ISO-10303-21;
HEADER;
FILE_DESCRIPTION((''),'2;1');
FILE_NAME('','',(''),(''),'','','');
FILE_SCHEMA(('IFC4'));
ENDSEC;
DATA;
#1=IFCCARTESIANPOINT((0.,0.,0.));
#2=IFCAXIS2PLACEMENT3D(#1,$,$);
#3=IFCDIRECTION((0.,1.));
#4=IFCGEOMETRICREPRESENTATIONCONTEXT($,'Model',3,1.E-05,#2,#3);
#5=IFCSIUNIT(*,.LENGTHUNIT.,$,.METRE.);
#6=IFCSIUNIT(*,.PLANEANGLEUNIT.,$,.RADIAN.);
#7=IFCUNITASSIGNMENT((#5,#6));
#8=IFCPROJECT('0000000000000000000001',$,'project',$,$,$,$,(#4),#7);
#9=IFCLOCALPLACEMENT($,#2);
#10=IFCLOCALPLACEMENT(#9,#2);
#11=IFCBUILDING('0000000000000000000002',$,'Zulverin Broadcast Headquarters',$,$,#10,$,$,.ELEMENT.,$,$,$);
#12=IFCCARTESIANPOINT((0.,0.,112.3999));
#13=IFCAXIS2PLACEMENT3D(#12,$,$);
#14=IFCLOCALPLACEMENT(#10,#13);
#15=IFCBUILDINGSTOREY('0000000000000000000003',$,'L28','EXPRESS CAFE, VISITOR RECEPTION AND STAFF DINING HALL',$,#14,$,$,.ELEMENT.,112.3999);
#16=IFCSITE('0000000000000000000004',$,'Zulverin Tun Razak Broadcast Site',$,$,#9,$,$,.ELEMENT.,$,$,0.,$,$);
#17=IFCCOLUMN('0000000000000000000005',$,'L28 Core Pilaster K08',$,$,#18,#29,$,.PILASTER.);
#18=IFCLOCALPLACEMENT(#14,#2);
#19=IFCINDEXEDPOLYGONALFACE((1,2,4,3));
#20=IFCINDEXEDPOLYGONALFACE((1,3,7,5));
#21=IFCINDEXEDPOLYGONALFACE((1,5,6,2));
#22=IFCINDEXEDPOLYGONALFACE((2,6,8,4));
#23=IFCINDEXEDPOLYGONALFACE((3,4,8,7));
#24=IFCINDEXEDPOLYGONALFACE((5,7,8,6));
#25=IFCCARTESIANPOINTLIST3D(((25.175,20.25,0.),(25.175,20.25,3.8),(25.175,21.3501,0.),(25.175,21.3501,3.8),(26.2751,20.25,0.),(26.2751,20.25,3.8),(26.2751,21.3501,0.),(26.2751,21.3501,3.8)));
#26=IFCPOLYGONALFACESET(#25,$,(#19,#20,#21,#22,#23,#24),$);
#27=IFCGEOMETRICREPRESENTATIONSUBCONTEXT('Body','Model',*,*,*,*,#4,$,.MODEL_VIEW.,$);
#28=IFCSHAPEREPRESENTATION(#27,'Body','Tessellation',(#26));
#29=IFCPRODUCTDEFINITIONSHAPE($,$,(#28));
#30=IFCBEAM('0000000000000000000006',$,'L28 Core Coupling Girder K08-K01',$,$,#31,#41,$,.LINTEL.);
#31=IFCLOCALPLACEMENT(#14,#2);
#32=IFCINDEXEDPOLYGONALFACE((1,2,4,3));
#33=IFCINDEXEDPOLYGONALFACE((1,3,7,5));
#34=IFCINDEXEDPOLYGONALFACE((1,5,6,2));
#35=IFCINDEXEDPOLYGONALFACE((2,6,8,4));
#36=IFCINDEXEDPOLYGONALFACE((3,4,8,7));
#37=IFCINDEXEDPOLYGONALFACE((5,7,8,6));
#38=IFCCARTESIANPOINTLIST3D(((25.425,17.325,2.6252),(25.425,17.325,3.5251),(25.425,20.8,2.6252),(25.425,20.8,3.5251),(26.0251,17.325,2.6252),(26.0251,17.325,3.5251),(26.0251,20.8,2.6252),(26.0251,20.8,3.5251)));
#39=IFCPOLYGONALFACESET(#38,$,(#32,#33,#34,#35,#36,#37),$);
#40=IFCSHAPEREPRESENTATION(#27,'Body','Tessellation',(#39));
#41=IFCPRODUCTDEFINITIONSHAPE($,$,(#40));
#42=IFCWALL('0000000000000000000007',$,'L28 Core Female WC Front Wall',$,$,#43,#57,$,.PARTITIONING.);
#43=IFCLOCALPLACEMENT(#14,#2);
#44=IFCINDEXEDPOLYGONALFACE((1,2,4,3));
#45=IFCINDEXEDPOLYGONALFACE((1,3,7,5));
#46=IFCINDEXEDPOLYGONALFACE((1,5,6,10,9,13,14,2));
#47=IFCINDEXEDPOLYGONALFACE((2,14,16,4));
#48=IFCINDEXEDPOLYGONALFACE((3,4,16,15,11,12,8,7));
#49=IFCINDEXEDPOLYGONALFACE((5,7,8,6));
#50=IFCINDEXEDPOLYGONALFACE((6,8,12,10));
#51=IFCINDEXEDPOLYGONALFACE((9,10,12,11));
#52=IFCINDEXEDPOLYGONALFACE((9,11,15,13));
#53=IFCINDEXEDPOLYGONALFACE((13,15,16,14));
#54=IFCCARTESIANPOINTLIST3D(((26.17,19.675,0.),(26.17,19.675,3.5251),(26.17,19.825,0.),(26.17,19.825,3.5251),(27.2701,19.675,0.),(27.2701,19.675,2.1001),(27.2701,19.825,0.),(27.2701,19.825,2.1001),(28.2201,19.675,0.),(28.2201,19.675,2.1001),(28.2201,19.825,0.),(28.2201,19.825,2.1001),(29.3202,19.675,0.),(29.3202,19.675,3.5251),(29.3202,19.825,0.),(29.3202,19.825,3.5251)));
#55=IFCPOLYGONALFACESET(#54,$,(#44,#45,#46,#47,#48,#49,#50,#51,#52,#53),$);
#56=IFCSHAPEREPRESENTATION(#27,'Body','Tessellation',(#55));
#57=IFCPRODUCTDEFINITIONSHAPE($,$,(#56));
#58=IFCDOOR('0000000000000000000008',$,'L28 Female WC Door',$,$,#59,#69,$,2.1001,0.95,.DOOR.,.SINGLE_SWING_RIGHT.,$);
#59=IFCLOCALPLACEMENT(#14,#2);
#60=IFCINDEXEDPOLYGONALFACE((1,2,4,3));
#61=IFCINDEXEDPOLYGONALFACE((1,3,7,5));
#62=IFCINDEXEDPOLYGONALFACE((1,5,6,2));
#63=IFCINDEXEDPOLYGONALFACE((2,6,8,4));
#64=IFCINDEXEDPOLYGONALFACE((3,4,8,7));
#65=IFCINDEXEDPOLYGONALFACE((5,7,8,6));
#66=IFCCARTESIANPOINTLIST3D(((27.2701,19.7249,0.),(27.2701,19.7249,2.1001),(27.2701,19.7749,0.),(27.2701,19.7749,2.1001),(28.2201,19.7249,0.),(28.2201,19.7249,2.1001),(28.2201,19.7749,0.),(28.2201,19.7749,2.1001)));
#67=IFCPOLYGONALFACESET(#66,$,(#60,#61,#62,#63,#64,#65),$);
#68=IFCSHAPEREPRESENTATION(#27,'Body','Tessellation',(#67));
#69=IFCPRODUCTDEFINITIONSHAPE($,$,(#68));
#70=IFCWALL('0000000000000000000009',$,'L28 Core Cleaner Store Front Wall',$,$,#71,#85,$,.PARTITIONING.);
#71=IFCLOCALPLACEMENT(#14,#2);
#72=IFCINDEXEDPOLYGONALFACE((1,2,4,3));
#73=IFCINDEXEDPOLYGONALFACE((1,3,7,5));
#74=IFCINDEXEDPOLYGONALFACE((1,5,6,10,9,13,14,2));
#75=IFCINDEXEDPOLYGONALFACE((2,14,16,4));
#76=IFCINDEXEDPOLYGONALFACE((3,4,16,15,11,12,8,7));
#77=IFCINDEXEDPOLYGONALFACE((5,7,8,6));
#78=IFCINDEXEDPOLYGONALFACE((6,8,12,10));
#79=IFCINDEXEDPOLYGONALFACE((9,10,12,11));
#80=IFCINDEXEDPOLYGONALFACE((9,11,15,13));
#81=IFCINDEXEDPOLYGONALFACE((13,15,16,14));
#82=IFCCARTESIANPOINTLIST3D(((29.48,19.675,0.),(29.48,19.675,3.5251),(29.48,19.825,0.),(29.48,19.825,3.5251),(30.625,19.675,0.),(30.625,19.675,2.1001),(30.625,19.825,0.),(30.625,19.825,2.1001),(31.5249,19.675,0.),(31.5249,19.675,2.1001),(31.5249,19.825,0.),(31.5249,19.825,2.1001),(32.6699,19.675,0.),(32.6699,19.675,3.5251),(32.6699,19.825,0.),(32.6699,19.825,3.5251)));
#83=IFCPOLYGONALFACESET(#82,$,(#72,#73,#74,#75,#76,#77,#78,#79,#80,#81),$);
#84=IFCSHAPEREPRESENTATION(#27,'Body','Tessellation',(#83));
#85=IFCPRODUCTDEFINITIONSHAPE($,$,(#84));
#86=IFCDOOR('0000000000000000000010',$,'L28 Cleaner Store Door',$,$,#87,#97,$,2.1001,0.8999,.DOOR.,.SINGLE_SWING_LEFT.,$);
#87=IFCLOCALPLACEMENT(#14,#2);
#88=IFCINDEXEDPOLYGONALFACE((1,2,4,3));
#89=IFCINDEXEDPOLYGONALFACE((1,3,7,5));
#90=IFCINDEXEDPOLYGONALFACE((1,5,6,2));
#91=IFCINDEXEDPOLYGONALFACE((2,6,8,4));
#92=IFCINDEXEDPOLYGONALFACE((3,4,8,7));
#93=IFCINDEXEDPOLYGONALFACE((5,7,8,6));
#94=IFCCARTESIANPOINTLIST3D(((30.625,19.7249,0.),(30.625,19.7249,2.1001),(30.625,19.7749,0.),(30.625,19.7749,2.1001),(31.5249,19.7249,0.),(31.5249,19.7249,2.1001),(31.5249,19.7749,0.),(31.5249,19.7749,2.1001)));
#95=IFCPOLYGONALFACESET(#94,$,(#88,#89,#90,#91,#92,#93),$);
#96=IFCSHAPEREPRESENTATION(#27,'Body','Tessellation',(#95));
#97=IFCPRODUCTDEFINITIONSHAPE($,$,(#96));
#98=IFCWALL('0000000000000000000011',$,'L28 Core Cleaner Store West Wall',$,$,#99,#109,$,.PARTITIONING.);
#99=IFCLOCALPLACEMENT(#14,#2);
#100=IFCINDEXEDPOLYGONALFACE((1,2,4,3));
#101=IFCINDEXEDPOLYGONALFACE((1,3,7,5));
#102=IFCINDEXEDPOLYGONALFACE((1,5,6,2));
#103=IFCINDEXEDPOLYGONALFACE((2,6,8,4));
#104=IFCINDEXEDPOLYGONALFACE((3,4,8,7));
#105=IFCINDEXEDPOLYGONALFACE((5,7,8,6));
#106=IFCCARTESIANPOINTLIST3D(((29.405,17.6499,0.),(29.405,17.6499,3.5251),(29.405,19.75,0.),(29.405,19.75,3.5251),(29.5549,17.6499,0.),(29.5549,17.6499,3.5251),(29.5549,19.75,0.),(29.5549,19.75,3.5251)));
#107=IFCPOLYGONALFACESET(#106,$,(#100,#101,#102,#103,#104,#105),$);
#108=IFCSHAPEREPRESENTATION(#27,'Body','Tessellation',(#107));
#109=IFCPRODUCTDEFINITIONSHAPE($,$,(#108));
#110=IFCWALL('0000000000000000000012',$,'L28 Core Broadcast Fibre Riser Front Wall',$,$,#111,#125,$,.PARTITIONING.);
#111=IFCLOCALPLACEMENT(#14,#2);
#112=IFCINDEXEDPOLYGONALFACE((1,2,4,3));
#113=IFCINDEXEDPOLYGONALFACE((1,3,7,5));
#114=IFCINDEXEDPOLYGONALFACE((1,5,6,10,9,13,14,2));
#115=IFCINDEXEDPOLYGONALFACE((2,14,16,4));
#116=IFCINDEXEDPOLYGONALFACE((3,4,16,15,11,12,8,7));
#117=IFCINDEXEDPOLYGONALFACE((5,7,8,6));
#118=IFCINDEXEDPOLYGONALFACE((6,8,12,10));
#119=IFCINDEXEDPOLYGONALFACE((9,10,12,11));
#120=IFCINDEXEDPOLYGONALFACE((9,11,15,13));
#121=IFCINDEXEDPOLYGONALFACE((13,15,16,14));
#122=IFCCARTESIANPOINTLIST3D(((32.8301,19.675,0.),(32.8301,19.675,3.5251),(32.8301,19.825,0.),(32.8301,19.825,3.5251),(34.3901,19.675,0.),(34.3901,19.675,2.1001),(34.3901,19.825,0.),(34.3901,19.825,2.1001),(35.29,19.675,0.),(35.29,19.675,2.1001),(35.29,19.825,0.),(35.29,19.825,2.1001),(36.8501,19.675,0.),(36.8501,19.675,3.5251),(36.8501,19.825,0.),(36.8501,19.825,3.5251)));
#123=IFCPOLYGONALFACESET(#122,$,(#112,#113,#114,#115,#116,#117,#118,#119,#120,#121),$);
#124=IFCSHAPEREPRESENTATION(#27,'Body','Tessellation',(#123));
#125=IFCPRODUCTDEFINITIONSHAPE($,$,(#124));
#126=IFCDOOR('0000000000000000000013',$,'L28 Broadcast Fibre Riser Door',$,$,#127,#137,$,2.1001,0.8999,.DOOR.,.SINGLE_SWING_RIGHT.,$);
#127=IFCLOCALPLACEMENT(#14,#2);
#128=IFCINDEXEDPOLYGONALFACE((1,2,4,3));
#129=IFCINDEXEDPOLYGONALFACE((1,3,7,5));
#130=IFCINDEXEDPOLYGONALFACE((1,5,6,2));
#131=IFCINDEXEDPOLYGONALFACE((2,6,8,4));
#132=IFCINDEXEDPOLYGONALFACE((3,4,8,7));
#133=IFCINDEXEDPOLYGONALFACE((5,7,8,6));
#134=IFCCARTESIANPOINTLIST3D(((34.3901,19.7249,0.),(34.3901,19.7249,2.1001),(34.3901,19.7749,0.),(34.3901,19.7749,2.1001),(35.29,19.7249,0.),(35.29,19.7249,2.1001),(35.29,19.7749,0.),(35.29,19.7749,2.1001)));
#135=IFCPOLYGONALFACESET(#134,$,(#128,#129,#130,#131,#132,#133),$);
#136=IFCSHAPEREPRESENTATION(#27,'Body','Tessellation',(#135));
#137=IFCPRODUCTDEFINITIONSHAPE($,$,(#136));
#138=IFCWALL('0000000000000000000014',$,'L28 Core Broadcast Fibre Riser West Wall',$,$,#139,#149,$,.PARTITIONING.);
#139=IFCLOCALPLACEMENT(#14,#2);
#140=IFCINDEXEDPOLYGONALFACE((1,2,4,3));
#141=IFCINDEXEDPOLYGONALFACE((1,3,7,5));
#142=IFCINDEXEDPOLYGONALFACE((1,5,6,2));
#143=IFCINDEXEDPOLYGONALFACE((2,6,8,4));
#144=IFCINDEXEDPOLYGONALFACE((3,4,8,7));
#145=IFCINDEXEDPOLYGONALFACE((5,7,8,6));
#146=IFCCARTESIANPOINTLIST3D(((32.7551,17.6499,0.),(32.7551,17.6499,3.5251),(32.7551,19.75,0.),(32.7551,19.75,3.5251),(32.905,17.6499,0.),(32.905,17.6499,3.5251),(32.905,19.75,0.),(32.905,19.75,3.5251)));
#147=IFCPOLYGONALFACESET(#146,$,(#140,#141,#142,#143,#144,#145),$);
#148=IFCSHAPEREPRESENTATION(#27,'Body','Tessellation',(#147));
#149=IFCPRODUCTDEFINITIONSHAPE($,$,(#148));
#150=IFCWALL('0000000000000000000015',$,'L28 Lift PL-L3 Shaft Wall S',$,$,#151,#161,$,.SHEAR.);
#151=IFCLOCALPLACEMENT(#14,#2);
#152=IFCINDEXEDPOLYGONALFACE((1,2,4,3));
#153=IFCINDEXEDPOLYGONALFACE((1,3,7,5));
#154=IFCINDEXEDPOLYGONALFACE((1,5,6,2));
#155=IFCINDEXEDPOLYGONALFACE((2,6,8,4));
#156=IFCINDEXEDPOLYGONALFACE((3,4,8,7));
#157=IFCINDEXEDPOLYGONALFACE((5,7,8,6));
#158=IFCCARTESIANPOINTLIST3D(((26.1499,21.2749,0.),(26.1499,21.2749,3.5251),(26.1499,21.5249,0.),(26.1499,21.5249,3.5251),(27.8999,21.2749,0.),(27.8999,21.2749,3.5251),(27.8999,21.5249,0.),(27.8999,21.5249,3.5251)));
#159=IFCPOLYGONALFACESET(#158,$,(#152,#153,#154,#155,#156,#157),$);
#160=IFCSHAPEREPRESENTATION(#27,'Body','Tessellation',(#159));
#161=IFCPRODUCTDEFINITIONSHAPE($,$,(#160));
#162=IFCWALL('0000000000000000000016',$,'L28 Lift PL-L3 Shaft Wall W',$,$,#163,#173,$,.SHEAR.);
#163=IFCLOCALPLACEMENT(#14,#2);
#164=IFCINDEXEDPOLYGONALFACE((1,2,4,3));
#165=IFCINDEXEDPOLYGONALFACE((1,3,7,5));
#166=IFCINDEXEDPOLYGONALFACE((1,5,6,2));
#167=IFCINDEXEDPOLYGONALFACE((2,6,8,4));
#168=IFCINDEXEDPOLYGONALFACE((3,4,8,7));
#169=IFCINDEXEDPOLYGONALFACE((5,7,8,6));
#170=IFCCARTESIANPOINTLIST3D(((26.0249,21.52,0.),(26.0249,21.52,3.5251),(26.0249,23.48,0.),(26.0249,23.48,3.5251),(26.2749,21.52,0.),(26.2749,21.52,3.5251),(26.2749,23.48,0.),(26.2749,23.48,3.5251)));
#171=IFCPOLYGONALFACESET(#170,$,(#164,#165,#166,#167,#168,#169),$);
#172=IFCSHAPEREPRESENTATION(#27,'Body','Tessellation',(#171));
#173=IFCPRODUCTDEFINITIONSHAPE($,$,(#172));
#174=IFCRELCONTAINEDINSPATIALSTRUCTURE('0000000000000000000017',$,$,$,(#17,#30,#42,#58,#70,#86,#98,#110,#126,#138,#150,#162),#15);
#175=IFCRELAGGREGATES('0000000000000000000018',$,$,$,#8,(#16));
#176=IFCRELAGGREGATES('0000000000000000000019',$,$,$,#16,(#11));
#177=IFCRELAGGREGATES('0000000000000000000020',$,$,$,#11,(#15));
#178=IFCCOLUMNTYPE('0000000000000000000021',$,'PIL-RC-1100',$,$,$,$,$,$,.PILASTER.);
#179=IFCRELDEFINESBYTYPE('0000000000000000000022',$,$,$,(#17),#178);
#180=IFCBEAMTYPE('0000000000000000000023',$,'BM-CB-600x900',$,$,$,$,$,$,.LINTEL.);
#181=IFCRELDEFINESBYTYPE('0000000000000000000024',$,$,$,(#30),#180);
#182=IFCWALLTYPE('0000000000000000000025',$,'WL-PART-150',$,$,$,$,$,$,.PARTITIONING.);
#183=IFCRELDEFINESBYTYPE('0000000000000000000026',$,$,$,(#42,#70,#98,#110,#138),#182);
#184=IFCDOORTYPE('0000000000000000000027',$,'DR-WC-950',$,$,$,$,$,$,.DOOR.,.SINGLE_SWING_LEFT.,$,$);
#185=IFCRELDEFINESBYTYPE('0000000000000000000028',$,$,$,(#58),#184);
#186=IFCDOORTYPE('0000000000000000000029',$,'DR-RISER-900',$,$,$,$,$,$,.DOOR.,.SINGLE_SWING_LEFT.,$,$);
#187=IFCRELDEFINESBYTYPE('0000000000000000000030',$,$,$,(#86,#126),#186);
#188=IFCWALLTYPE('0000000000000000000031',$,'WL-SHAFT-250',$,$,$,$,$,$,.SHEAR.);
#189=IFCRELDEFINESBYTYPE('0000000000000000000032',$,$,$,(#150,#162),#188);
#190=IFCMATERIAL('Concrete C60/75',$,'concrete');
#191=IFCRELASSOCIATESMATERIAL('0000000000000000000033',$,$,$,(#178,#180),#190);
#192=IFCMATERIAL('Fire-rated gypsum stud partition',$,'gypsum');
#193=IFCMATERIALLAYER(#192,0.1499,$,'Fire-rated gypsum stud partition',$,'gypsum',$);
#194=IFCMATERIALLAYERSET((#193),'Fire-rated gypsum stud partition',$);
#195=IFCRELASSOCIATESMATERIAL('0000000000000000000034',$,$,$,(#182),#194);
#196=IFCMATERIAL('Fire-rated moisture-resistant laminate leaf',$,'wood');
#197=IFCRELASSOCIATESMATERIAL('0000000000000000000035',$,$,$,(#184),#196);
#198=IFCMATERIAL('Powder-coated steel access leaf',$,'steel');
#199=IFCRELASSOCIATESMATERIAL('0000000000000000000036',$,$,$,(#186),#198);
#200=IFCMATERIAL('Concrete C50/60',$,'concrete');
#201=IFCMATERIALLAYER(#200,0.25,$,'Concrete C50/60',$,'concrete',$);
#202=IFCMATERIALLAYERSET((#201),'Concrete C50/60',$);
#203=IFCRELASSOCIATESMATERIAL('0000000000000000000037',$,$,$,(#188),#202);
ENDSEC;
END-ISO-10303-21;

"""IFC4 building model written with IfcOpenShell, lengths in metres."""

from ifc_helpers import new_model, si_unit, direction, frame, frame_2d, origin, origin_2d, place, context, subcontext, project, spatial, rectangle, extrude, material, layer, layer_set, material_profile, profile_set, type_object, element, fill, save


model = new_model("IFC4")

# Units and contexts
model_context = context("Model", 3, precision=1e-05, world=origin(), true_north=direction((0.0, 1.0)))
body_context = subcontext(model_context, "Body", "Model", "MODEL_VIEW")
ifc_project = project(units=[si_unit("LENGTHUNIT", "METRE"), si_unit("PLANEANGLEUNIT", "RADIAN")], contexts=[model_context])

# Site, building, storey
site_placement = place(None, origin())
site = spatial("IfcSite", under=ifc_project, at=site_placement, Name="Zulverin Tun Razak Broadcast Site", CompositionType="ELEMENT", RefElevation=0.0)
building_placement = place(site_placement, origin())
building = spatial("IfcBuilding", under=site, at=building_placement, Name="Zulverin Broadcast Headquarters", CompositionType="ELEMENT")
storey_placement = place(building_placement, frame((0.0, 0.0, 112.3999)))
storey = spatial("IfcBuildingStorey", under=building, at=storey_placement, Name="L28", Description="EXPRESS CAFE, VISITOR RECEPTION AND STAFF DINING HALL", CompositionType="ELEMENT", Elevation=112.3999)

# Column
ifc_material_1 = material(Name="Concrete C60/75", Category="concrete")
ifc_material_profile_1 = material_profile(ifc_material_1, rectangle(XDim=1.1001, YDim=1.1001, at=origin_2d()), Name="Concrete C60/75", Category="concrete")
ifc_profile_set_1 = profile_set([ifc_material_profile_1], Name="Concrete C60/75")
column_type = type_object("IfcColumnType", Name="PIL-RC-1100", PredefinedType="PILASTER", material=ifc_profile_set_1)
column_placement = place(storey_placement, frame((25.7251, 20.8, 0.0), z_axis=(0.0, 0.0, 1.0), x_axis=(1.0, 0.0, 0.0)))
element("IfcColumn", 1, at=column_placement, inside=storey, type_object=column_type, Name="L28 Core Pilaster K08", PredefinedType="PILASTER", context=body_context, shape_type="SweptSolid", body=[
    extrude(rectangle(XDim=1.1001, YDim=1.1001, at=origin_2d()), origin(), (0.0, 0.0, 1.0), 3.8),
])

# Beam
ifc_material_profile_2 = material_profile(ifc_material_1, rectangle(XDim=0.6001, YDim=0.8999, at=origin_2d()), Name="Concrete C60/75", Category="concrete")
ifc_profile_set_2 = profile_set([ifc_material_profile_2], Name="Concrete C60/75")
beam_type = type_object("IfcBeamType", Name="BM-CB-600x900", PredefinedType="LINTEL", material=ifc_profile_set_2)
beam_placement = place(storey_placement, frame((25.7251, 20.8, 3.0752), z_axis=(0.0, -1.0, 0.0), x_axis=(1.0, 0.0, 0.0)))
element("IfcBeam", 2, at=beam_placement, inside=storey, type_object=beam_type, Name="L28 Core Coupling Girder K08-K01", PredefinedType="LINTEL", context=body_context, shape_type="SweptSolid", body=[
    extrude(rectangle(XDim=0.6001, YDim=0.8999, at=origin_2d()), origin(), (0.0, 0.0, 1.0), 3.4751),
])

# Walls, openings, doors
ifc_material_2 = material(Name="Fire-rated gypsum stud partition", Category="gypsum")
ifc_layer_1 = layer(ifc_material_2, 0.1499, Name="Fire-rated gypsum stud partition", Category="gypsum")
ifc_layer_set_1 = layer_set([ifc_layer_1], Name="Fire-rated gypsum stud partition")
wall_type_1 = type_object("IfcWallType", Name="WL-PART-150", PredefinedType="PARTITIONING", material=ifc_layer_set_1)
wall_1_placement = place(storey_placement, frame((26.1699, 19.75, 0.0), z_axis=(0.0, 0.0, 1.0), x_axis=(1.0, 0.0, 0.0)))
wall_1 = element("IfcWall", 3, at=wall_1_placement, inside=storey, type_object=wall_type_1, Name="L28 Core Female WC Front Wall", PredefinedType="PARTITIONING", context=body_context, shape_type="SweptSolid", body=[
    extrude(rectangle(XDim=3.1501, YDim=0.1499, at=frame_2d((1.5752, 0.0))), origin(), (0.0, 0.0, 1.0), 3.5251),
])
opening_1_placement = place(wall_1_placement, frame((1.1001, 0.0, 0.0)))
opening_1 = element("IfcOpeningElement", 4, at=opening_1_placement, cuts=wall_1, PredefinedType="OPENING", context=body_context, shape_type="SweptSolid", body=[
    extrude(rectangle(XDim=0.95, YDim=2.1001, at=frame_2d((0.4751, 1.05))), frame((0.0, 0.085, 0.0), z_axis=(0.0, -1.0, 0.0), x_axis=(1.0, 0.0, 0.0)), (0.0, 0.0, 1.0), 0.1699),
])
ifc_material_3 = material(Name="Fire-rated moisture-resistant laminate leaf", Category="wood")
door_type_1 = type_object("IfcDoorType", Name="DR-WC-950", OperationType="SINGLE_SWING_LEFT", PredefinedType="DOOR", material=ifc_material_3)
door_1_placement = place(opening_1_placement, origin())
door_1 = element("IfcDoor", 5, at=door_1_placement, inside=storey, type_object=door_type_1, Name="L28 Female WC Door", OperationType="SINGLE_SWING_RIGHT", OverallHeight=2.1001, OverallWidth=0.95, PredefinedType="DOOR", context=body_context, shape_type="SweptSolid", body=[
    extrude(rectangle(XDim=0.95, YDim=2.1001, at=frame_2d((0.4751, 1.05))), frame((0.0, 0.0249, 0.0), z_axis=(0.0, -1.0, 0.0), x_axis=(1.0, 0.0, 0.0)), (0.0, 0.0, 1.0), 0.05),
])
fill(opening_1, door_1)
wall_2_placement = place(storey_placement, frame((29.48, 19.75, 0.0), z_axis=(0.0, 0.0, 1.0), x_axis=(1.0, 0.0, 0.0)))
wall_2 = element("IfcWall", 6, at=wall_2_placement, inside=storey, type_object=wall_type_1, Name="L28 Core Cleaner Store Front Wall", PredefinedType="PARTITIONING", context=body_context, shape_type="SweptSolid", body=[
    extrude(rectangle(XDim=3.1899, YDim=0.1499, at=frame_2d((1.595, 0.0))), origin(), (0.0, 0.0, 1.0), 3.5251),
])
opening_2_placement = place(wall_2_placement, frame((1.145, 0.0, 0.0)))
opening_2 = element("IfcOpeningElement", 7, at=opening_2_placement, cuts=wall_2, PredefinedType="OPENING", context=body_context, shape_type="SweptSolid", body=[
    extrude(rectangle(XDim=0.8999, YDim=2.1001, at=frame_2d((0.45, 1.05))), frame((0.0, 0.085, 0.0), z_axis=(0.0, -1.0, 0.0), x_axis=(1.0, 0.0, 0.0)), (0.0, 0.0, 1.0), 0.1699),
])
ifc_material_4 = material(Name="Powder-coated steel access leaf", Category="steel")
door_type_2 = type_object("IfcDoorType", Name="DR-RISER-900", OperationType="SINGLE_SWING_LEFT", PredefinedType="DOOR", material=ifc_material_4)
door_2_placement = place(opening_2_placement, origin())
door_2 = element("IfcDoor", 8, at=door_2_placement, inside=storey, type_object=door_type_2, Name="L28 Cleaner Store Door", OperationType="SINGLE_SWING_LEFT", OverallHeight=2.1001, OverallWidth=0.8999, PredefinedType="DOOR", context=body_context, shape_type="SweptSolid", body=[
    extrude(rectangle(XDim=0.8999, YDim=2.1001, at=frame_2d((0.45, 1.05))), frame((0.0, 0.0249, 0.0), z_axis=(0.0, -1.0, 0.0), x_axis=(1.0, 0.0, 0.0)), (0.0, 0.0, 1.0), 0.05),
])
fill(opening_2, door_2)

# Wall
wall_3_placement = place(storey_placement, frame((29.48, 17.6499, 0.0), z_axis=(0.0, 0.0, 1.0), x_axis=(0.0, 1.0, 0.0)))
element("IfcWall", 9, at=wall_3_placement, inside=storey, type_object=wall_type_1, Name="L28 Core Cleaner Store West Wall", PredefinedType="PARTITIONING", context=body_context, shape_type="SweptSolid", body=[
    extrude(rectangle(XDim=2.1001, YDim=0.1499, at=frame_2d((1.05, 0.0))), origin(), (0.0, 0.0, 1.0), 3.5251),
])

# Wall, opening, door
wall_4_placement = place(storey_placement, frame((32.8301, 19.75, 0.0), z_axis=(0.0, 0.0, 1.0), x_axis=(1.0, 0.0, 0.0)))
wall_4 = element("IfcWall", 10, at=wall_4_placement, inside=storey, type_object=wall_type_1, Name="L28 Core Broadcast Fibre Riser Front Wall", PredefinedType="PARTITIONING", context=body_context, shape_type="SweptSolid", body=[
    extrude(rectangle(XDim=4.02, YDim=0.1499, at=frame_2d((2.01, 0.0))), origin(), (0.0, 0.0, 1.0), 3.5251),
])
opening_3_placement = place(wall_4_placement, frame((1.5601, 0.0, 0.0)))
opening_3 = element("IfcOpeningElement", 11, at=opening_3_placement, cuts=wall_4, PredefinedType="OPENING", context=body_context, shape_type="SweptSolid", body=[
    extrude(rectangle(XDim=0.8999, YDim=2.1001, at=frame_2d((0.45, 1.05))), frame((0.0, 0.085, 0.0), z_axis=(0.0, -1.0, 0.0), x_axis=(1.0, 0.0, 0.0)), (0.0, 0.0, 1.0), 0.1699),
])
door_3_placement = place(opening_3_placement, origin())
door_3 = element("IfcDoor", 12, at=door_3_placement, inside=storey, type_object=door_type_2, Name="L28 Broadcast Fibre Riser Door", OperationType="SINGLE_SWING_RIGHT", OverallHeight=2.1001, OverallWidth=0.8999, PredefinedType="DOOR", context=body_context, shape_type="SweptSolid", body=[
    extrude(rectangle(XDim=0.8999, YDim=2.1001, at=frame_2d((0.45, 1.05))), frame((0.0, 0.0249, 0.0), z_axis=(0.0, -1.0, 0.0), x_axis=(1.0, 0.0, 0.0)), (0.0, 0.0, 1.0), 0.05),
])
fill(opening_3, door_3)

# Walls
wall_5_placement = place(storey_placement, frame((32.8301, 17.6499, 0.0), z_axis=(0.0, 0.0, 1.0), x_axis=(0.0, 1.0, 0.0)))
element("IfcWall", 13, at=wall_5_placement, inside=storey, type_object=wall_type_1, Name="L28 Core Broadcast Fibre Riser West Wall", PredefinedType="PARTITIONING", context=body_context, shape_type="SweptSolid", body=[
    extrude(rectangle(XDim=2.1001, YDim=0.1499, at=frame_2d((1.05, 0.0))), origin(), (0.0, 0.0, 1.0), 3.5251),
])
ifc_material_5 = material(Name="Concrete C50/60", Category="concrete")
ifc_layer_2 = layer(ifc_material_5, 0.25, Name="Concrete C50/60", Category="concrete")
ifc_layer_set_2 = layer_set([ifc_layer_2], Name="Concrete C50/60")
wall_type_2 = type_object("IfcWallType", Name="WL-SHAFT-250", PredefinedType="SHEAR", material=ifc_layer_set_2)
wall_6_placement = place(storey_placement, frame((26.1499, 21.3999, 0.0), z_axis=(0.0, 0.0, 1.0), x_axis=(1.0, 0.0, 0.0)))
element("IfcWall", 14, at=wall_6_placement, inside=storey, type_object=wall_type_2, Name="L28 Lift PL-L3 Shaft Wall S", PredefinedType="SHEAR", context=body_context, shape_type="SweptSolid", body=[
    extrude(rectangle(XDim=1.75, YDim=0.25, at=frame_2d((0.875, 0.0))), origin(), (0.0, 0.0, 1.0), 3.5251),
])
for number, where, z_axis, x_axis, name in (
    (15, (26.1499, 21.52, 0.0), (0.0, 0.0, 1.0), (0.0, 1.0, 0.0), "L28 Lift PL-L3 Shaft Wall W"),
):
    element("IfcWall", number, at=place(storey_placement, frame(where, z_axis=z_axis, x_axis=x_axis)), inside=storey, type_object=wall_type_2, Name=name, PredefinedType="SHEAR", context=body_context, shape_type="SweptSolid", body=[
        extrude(rectangle(XDim=1.96, YDim=0.25, at=frame_2d((0.98, 0.0))), origin(), (0.0, 0.0, 1.0), 3.5251),
    ])

save(model, "model.ifc")
